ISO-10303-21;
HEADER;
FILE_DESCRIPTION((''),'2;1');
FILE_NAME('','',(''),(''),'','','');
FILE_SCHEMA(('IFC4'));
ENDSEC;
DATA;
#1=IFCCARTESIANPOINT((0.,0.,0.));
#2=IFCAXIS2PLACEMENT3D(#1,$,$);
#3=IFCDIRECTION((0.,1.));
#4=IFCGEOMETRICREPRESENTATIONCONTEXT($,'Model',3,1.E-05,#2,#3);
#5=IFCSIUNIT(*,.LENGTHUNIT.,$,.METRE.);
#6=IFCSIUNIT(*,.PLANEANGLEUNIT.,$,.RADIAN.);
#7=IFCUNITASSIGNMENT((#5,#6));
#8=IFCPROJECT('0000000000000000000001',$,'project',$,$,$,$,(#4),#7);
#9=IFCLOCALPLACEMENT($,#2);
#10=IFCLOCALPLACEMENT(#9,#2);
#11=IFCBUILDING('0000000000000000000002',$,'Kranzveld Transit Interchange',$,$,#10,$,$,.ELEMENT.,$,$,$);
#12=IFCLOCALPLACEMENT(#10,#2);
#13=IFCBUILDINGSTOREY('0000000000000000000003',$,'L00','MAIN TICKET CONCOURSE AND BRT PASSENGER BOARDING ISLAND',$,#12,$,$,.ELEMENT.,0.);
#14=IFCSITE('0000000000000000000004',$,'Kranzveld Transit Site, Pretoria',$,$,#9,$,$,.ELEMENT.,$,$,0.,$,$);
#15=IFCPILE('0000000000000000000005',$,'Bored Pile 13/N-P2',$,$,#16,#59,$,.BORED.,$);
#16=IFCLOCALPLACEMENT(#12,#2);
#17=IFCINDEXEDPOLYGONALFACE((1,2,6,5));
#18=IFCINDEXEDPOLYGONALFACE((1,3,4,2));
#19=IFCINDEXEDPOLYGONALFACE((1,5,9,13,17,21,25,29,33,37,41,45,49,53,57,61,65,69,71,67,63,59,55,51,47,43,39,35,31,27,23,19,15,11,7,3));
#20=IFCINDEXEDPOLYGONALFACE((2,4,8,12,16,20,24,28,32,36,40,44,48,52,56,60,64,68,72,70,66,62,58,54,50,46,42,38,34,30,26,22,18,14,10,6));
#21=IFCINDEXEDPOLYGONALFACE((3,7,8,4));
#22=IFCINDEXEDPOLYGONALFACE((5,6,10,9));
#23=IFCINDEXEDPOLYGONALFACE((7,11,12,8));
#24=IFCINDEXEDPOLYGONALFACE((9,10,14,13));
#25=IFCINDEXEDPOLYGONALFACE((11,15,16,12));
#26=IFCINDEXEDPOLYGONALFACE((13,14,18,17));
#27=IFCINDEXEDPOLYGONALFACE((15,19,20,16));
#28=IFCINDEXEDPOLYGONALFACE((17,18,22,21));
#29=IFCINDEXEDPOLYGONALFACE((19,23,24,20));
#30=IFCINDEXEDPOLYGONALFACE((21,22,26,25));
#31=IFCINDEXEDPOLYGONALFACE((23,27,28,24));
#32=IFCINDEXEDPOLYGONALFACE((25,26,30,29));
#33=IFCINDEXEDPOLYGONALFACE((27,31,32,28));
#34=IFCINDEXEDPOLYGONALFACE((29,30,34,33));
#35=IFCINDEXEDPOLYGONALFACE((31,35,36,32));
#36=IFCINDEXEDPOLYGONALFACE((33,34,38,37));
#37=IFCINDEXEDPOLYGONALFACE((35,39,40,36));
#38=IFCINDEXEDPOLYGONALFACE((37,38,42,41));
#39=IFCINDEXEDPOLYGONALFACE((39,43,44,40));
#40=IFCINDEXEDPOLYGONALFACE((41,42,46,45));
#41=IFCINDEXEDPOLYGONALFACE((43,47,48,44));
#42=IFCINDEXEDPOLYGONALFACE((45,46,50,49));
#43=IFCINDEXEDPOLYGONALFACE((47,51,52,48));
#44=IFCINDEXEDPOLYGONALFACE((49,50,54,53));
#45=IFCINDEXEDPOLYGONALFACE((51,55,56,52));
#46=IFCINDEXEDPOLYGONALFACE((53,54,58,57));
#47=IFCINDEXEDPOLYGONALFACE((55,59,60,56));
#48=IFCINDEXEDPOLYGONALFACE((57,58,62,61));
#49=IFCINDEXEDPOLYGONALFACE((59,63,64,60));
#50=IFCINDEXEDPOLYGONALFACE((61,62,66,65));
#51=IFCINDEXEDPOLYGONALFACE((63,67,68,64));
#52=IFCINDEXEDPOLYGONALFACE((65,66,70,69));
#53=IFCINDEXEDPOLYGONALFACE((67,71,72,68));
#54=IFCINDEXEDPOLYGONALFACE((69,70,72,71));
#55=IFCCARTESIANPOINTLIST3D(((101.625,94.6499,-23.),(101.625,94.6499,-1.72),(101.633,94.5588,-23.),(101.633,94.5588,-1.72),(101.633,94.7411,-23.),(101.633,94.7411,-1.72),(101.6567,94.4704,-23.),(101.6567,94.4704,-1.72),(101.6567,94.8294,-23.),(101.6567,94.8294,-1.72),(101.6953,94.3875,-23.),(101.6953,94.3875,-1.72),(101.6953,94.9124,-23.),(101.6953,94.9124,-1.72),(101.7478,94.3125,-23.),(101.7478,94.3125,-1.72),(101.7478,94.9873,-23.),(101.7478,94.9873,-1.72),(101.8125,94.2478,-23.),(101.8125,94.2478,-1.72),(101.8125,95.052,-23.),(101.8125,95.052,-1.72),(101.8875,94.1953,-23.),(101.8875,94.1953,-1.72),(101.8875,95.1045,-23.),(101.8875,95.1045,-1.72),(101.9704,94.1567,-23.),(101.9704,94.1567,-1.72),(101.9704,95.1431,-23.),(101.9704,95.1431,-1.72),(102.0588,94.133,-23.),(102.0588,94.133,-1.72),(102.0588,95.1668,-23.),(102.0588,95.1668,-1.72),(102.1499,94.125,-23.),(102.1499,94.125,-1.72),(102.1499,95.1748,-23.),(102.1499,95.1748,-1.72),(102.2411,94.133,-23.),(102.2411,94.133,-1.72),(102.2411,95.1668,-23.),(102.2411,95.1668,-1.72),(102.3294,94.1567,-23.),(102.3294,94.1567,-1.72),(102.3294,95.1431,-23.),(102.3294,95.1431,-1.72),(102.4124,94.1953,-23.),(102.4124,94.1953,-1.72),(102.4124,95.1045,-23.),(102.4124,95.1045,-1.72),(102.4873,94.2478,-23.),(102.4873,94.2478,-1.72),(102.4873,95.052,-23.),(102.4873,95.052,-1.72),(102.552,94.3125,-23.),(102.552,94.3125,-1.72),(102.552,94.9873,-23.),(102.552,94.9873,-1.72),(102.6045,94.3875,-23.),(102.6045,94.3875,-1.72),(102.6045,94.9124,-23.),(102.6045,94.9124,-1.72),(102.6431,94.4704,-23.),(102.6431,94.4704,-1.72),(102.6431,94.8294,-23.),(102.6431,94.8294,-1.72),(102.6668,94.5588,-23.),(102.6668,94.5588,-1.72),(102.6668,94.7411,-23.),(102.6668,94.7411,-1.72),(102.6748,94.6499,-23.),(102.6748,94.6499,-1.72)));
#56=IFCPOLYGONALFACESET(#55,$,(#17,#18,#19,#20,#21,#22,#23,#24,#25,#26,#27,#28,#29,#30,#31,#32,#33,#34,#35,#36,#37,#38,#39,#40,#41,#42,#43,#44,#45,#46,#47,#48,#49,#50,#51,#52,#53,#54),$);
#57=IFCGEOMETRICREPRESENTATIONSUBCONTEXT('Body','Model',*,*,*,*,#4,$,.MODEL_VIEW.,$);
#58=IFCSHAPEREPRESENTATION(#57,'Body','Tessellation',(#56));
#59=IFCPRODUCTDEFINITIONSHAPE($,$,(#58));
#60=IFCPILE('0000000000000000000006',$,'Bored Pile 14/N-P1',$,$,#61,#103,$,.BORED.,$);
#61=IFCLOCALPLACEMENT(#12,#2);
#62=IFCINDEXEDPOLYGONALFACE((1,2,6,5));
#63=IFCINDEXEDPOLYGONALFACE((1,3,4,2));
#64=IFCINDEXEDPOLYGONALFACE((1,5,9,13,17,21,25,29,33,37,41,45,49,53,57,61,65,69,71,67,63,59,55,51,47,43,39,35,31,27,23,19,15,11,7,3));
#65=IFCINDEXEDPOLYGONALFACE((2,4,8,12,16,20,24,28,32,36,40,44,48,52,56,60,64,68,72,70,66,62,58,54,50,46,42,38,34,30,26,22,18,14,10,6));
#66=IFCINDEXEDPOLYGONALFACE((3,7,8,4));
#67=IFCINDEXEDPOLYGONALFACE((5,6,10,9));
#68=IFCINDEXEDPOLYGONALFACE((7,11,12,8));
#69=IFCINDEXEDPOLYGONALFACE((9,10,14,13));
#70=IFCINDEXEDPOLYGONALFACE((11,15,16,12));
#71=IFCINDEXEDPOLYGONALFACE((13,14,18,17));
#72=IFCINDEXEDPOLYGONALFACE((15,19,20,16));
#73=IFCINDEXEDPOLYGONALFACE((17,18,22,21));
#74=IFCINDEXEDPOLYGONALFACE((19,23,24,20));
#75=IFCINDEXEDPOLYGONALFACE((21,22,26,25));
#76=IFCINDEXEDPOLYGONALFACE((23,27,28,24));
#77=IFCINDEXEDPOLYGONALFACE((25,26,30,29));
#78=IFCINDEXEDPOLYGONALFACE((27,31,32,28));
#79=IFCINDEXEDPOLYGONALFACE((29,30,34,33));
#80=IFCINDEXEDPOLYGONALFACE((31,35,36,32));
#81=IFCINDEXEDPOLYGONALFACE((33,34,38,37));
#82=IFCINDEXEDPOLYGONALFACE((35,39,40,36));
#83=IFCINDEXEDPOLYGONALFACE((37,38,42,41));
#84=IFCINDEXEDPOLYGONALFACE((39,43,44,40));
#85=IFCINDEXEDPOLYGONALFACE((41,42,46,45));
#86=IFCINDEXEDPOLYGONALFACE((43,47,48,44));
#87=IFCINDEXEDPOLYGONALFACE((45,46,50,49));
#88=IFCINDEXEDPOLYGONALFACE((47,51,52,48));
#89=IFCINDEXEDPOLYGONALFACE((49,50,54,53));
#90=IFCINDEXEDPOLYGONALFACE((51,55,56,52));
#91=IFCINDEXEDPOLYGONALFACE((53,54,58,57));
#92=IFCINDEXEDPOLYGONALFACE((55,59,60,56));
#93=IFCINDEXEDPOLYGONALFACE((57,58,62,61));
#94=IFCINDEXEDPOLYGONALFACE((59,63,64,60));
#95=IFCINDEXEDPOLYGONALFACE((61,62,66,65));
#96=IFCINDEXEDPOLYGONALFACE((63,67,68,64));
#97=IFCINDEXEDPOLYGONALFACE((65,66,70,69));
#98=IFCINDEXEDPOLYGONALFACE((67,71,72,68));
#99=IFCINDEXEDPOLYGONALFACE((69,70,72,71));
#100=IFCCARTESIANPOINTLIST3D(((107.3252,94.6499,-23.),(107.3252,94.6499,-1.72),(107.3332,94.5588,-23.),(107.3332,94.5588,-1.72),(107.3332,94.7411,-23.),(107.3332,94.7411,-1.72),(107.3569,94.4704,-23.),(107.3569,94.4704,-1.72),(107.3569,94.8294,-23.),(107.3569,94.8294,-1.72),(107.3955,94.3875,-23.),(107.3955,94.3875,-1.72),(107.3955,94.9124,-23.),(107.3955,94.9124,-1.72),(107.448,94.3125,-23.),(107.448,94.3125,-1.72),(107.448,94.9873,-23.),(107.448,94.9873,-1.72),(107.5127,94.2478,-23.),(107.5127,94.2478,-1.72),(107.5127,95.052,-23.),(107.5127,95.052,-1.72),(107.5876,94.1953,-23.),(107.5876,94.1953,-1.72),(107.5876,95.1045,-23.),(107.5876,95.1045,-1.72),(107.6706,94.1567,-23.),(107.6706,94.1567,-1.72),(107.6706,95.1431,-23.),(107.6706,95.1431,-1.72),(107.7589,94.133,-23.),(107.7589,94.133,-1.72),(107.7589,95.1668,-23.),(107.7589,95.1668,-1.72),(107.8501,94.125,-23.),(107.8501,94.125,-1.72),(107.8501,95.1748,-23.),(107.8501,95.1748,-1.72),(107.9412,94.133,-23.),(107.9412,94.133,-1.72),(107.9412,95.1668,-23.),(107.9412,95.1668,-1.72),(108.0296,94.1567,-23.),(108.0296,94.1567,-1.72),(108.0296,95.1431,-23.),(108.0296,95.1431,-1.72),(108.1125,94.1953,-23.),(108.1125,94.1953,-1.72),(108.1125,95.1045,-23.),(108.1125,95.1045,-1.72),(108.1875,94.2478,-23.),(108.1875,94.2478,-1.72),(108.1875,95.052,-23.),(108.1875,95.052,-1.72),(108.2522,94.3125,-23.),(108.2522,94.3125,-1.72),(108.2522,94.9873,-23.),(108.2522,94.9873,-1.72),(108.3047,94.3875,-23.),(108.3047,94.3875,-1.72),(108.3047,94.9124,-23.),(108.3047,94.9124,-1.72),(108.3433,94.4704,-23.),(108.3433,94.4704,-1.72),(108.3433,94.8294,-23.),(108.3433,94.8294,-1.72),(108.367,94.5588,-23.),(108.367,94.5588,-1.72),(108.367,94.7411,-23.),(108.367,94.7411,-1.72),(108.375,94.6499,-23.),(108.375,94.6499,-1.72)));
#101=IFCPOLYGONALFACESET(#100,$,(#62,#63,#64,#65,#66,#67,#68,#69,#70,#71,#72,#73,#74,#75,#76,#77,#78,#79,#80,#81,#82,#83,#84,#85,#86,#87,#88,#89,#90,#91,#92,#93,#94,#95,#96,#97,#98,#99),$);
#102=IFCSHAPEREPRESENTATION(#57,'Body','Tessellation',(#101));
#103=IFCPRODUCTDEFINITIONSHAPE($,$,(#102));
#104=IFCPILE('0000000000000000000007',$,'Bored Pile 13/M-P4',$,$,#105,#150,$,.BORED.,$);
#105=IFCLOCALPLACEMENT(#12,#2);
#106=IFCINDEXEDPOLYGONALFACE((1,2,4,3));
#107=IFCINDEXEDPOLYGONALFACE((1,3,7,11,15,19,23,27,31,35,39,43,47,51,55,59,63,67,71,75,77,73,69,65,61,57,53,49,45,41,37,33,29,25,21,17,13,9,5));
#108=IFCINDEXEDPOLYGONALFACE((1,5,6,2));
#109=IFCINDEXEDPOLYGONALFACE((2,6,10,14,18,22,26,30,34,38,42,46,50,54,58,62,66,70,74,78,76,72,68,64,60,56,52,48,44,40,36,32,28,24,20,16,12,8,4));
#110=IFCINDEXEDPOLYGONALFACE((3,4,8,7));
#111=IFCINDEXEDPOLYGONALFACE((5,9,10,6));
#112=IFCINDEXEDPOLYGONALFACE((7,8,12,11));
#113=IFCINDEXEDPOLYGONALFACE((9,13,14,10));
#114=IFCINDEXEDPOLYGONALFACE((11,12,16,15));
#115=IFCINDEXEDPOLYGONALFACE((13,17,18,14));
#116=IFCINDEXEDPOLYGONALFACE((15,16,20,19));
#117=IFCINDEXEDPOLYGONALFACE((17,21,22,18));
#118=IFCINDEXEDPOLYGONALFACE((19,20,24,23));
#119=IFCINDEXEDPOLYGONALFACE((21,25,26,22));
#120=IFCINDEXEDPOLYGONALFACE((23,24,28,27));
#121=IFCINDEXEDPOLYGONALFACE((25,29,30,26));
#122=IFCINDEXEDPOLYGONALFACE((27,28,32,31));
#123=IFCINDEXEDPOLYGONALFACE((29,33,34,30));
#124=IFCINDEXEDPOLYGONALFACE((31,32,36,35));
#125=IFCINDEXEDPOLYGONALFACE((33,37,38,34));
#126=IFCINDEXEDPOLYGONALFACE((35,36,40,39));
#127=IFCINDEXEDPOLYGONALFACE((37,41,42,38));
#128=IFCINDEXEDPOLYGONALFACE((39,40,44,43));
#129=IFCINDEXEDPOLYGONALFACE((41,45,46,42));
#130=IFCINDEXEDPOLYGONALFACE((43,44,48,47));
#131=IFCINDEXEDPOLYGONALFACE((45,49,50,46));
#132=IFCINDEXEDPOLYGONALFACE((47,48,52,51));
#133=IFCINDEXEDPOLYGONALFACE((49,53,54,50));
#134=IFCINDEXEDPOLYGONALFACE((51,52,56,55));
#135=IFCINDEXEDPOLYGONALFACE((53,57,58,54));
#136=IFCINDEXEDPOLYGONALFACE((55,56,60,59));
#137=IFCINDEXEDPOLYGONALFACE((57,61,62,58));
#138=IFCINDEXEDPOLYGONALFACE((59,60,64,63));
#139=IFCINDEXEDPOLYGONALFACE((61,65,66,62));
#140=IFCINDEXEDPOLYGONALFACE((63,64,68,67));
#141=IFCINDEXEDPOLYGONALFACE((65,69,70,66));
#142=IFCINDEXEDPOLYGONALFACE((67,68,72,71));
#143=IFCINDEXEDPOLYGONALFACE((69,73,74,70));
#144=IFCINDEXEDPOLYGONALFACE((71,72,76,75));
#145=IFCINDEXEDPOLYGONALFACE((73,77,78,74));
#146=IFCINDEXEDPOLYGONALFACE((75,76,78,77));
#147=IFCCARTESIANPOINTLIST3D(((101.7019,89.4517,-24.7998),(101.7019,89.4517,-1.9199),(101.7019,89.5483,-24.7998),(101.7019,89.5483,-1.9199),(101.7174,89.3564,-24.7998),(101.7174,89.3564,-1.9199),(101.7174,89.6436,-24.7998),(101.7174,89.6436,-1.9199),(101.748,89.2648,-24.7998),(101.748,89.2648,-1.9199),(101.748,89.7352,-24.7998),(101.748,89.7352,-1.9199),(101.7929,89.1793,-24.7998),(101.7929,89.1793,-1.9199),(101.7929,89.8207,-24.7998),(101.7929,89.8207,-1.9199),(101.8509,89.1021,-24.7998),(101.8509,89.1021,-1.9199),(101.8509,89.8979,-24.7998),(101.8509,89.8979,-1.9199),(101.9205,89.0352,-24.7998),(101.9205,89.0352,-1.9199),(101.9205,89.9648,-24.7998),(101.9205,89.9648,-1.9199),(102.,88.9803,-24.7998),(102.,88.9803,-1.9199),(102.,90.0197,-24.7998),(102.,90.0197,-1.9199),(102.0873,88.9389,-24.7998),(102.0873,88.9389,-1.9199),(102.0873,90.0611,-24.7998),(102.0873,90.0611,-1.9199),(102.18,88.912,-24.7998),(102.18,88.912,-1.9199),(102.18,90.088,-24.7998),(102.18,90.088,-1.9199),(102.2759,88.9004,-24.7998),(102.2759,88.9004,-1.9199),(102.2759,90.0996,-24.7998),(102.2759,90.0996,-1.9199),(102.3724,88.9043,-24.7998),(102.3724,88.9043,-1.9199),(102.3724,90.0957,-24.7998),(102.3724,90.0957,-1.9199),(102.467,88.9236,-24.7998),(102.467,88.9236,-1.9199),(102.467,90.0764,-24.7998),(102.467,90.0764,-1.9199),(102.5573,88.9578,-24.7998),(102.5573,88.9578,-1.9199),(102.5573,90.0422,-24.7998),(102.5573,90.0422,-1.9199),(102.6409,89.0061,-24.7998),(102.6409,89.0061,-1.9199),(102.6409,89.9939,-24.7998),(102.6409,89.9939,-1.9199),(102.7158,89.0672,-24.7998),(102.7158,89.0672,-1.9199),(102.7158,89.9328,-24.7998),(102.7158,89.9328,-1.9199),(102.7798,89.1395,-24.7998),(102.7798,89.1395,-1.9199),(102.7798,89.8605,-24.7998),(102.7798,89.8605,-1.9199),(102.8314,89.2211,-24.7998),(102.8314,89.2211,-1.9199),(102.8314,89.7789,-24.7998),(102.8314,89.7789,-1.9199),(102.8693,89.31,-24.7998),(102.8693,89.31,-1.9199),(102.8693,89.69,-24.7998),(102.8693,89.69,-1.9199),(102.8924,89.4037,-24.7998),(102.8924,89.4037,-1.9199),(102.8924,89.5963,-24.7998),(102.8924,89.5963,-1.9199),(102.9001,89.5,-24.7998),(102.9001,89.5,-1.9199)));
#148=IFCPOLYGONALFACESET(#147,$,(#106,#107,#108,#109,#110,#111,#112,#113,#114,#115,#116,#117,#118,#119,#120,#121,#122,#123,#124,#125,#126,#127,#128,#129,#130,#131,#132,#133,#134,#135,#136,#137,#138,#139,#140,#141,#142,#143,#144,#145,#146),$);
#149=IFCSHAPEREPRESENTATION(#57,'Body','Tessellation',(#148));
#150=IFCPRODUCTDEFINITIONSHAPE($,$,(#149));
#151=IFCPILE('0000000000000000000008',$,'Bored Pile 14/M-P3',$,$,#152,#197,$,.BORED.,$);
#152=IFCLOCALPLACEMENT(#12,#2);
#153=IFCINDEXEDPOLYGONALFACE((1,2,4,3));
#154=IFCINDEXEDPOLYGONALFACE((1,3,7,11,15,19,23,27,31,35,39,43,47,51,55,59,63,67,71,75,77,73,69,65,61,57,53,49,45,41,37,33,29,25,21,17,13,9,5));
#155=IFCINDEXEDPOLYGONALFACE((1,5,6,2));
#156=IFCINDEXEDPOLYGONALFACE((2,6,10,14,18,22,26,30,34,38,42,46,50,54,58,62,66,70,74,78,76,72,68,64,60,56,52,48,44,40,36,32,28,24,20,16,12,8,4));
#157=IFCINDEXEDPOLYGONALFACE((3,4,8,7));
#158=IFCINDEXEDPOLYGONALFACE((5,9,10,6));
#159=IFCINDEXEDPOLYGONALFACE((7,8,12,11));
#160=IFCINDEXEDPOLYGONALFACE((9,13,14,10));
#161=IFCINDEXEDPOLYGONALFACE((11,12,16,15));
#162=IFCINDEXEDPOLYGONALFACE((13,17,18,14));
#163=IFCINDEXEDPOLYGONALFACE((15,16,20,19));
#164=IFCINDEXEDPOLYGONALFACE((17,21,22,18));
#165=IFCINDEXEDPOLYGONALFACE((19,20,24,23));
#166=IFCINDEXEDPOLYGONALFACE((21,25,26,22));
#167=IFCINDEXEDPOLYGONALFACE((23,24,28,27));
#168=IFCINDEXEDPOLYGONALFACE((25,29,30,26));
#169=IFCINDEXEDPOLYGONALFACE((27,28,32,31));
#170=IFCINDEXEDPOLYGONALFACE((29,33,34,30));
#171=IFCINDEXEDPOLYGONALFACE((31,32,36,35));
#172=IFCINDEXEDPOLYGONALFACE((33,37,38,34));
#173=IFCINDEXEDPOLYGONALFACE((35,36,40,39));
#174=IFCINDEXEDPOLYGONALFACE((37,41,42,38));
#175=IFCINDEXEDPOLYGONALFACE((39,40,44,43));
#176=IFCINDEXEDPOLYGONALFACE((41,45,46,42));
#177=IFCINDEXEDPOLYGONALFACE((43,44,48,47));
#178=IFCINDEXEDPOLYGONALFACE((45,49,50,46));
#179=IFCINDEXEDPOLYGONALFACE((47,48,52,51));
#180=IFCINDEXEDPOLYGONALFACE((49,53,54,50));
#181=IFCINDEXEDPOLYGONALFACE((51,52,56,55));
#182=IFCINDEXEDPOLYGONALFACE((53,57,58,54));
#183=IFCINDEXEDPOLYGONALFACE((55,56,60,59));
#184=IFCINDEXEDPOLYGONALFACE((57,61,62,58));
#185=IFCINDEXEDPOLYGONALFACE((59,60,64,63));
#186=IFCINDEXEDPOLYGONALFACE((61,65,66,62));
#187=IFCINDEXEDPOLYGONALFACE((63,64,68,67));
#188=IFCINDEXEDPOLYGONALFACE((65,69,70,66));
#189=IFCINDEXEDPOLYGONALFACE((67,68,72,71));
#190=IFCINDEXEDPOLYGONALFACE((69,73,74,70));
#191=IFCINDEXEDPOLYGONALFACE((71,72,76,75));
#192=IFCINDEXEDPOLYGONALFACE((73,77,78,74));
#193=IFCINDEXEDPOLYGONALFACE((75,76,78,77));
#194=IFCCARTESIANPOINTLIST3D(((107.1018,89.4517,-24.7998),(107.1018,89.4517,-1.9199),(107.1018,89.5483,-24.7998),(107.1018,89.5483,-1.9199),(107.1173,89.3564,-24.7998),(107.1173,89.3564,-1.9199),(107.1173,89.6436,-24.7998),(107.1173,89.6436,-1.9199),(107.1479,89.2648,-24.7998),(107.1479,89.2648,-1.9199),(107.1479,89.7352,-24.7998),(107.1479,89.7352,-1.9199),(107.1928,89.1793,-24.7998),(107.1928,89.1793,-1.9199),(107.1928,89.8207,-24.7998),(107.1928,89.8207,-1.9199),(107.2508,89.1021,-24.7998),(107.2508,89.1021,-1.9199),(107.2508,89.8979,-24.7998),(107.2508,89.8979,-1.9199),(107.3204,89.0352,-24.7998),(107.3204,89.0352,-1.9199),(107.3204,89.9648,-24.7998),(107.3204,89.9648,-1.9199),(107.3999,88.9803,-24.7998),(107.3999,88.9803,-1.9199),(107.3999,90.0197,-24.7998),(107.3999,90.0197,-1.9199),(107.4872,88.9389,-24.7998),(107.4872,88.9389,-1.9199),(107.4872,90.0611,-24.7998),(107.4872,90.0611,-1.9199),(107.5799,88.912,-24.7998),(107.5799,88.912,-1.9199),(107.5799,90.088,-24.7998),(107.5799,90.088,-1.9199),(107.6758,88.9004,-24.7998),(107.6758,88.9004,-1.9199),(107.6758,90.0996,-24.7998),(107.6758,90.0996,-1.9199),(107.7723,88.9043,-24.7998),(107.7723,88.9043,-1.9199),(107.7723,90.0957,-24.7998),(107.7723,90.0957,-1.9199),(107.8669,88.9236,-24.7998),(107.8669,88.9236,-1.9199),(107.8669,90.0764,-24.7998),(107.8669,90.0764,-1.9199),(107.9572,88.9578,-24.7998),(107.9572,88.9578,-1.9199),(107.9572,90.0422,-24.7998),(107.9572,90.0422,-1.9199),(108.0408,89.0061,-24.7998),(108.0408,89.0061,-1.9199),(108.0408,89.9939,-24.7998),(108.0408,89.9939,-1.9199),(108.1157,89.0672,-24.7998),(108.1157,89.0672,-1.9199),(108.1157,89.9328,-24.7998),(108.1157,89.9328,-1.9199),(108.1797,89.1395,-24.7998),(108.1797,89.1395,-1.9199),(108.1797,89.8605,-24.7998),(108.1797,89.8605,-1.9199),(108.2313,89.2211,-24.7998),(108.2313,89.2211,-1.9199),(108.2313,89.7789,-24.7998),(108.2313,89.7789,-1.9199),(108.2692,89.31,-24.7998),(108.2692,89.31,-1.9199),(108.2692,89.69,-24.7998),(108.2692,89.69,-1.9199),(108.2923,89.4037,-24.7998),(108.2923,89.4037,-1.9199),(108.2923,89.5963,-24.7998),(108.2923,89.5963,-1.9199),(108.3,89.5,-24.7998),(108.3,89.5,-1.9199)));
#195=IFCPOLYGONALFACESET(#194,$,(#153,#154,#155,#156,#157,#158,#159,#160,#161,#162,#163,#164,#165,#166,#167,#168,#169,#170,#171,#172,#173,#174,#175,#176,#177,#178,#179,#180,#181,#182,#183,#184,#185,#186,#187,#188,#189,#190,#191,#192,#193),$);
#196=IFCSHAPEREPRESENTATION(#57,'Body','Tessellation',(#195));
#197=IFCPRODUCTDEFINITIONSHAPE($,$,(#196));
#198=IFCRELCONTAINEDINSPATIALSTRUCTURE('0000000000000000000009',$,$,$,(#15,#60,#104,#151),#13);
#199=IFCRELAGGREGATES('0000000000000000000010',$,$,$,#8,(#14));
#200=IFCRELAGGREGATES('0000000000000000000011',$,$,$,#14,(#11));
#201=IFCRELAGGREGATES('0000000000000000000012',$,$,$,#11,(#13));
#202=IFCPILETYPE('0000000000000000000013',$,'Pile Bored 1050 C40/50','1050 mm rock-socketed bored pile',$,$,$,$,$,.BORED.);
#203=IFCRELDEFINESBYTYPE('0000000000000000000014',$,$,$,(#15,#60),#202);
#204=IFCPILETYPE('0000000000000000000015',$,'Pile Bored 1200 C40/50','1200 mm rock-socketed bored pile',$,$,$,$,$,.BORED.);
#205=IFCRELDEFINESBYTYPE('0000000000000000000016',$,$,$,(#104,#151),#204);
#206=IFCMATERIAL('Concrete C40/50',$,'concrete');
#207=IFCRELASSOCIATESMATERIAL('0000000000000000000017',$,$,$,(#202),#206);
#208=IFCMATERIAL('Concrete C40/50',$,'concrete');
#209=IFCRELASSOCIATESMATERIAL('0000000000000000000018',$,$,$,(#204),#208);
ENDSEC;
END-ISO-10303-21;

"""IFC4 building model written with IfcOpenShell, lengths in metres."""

from ifc_helpers import new_model, si_unit, direction, frame, origin, origin_2d, place, context, subcontext, project, spatial, circle, extrude, material, material_profile, profile_set, type_object, element, save


model = new_model("IFC4")

# Units and contexts
model_context = context("Model", 3, precision=1e-05, world=origin(), true_north=direction((0.0, 1.0)))
body_context = subcontext(model_context, "Body", "Model", "MODEL_VIEW")
ifc_project = project(units=[si_unit("LENGTHUNIT", "METRE"), si_unit("PLANEANGLEUNIT", "RADIAN")], contexts=[model_context])

# Site, building, storey
site_placement = place(None, origin())
site = spatial("IfcSite", under=ifc_project, at=site_placement, Name="Kranzveld Transit Site, Pretoria", CompositionType="ELEMENT", RefElevation=0.0)
building_placement = place(site_placement, origin())
building = spatial("IfcBuilding", under=site, at=building_placement, Name="Kranzveld Transit Interchange", CompositionType="ELEMENT")
storey_placement = place(building_placement, origin())
storey = spatial("IfcBuildingStorey", under=building, at=storey_placement, Name="L00", Description="MAIN TICKET CONCOURSE AND BRT PASSENGER BOARDING ISLAND", CompositionType="ELEMENT", Elevation=0.0)

# Piles
ifc_material_1 = material(Name="Concrete C40/50", Category="concrete")
ifc_material_profile_1 = material_profile(ifc_material_1, circle(Radius=0.5249, at=origin_2d()), Name="BORED PILE 1050")
ifc_profile_set_1 = profile_set([ifc_material_profile_1], Name="Concrete C40/50")
pile_type_1 = type_object("IfcPileType", Name="Pile Bored 1050 C40/50", Description="1050 mm rock-socketed bored pile", PredefinedType="BORED", material=ifc_profile_set_1)
for number, where, z_axis, x_axis, name in (
    (1, (102.1499, 94.6499, -1.72), (0.0, 0.0, -1.0), (1.0, 0.0, 0.0), "Bored Pile 13/N-P2"),
    (2, (107.8501, 94.6499, -1.72), (0.0, 0.0, -1.0), (1.0, 0.0, 0.0), "Bored Pile 14/N-P1"),
):
    element("IfcPile", number, at=place(storey_placement, frame(where, z_axis=z_axis, x_axis=x_axis)), inside=storey, type_object=pile_type_1, Name=name, PredefinedType="BORED", context=body_context, shape_type="SweptSolid", body=[
        extrude(circle(Radius=0.5249, at=origin_2d()), origin(), (0.0, 0.0, 1.0), 21.28),
    ])
ifc_material_2 = material(Name="Concrete C40/50", Category="concrete")
ifc_material_profile_2 = material_profile(ifc_material_2, circle(Radius=0.6001, at=origin_2d()), Name="BORED PILE 1200")
ifc_profile_set_2 = profile_set([ifc_material_profile_2], Name="Concrete C40/50")
pile_type_2 = type_object("IfcPileType", Name="Pile Bored 1200 C40/50", Description="1200 mm rock-socketed bored pile", PredefinedType="BORED", material=ifc_profile_set_2)
for number, where, z_axis, x_axis, name in (
    (3, (102.3, 89.5, -1.9199), (0.0, 0.0, -1.0), (1.0, 0.0, 0.0), "Bored Pile 13/M-P4"),
    (4, (107.7, 89.5, -1.9199), (0.0, 0.0, -1.0), (1.0, 0.0, 0.0), "Bored Pile 14/M-P3"),
):
    element("IfcPile", number, at=place(storey_placement, frame(where, z_axis=z_axis, x_axis=x_axis)), inside=storey, type_object=pile_type_2, Name=name, PredefinedType="BORED", context=body_context, shape_type="SweptSolid", body=[
        extrude(circle(Radius=0.6001, at=origin_2d()), origin(), (0.0, 0.0, 1.0), 22.8799),
    ])

save(model, "model.ifc")
